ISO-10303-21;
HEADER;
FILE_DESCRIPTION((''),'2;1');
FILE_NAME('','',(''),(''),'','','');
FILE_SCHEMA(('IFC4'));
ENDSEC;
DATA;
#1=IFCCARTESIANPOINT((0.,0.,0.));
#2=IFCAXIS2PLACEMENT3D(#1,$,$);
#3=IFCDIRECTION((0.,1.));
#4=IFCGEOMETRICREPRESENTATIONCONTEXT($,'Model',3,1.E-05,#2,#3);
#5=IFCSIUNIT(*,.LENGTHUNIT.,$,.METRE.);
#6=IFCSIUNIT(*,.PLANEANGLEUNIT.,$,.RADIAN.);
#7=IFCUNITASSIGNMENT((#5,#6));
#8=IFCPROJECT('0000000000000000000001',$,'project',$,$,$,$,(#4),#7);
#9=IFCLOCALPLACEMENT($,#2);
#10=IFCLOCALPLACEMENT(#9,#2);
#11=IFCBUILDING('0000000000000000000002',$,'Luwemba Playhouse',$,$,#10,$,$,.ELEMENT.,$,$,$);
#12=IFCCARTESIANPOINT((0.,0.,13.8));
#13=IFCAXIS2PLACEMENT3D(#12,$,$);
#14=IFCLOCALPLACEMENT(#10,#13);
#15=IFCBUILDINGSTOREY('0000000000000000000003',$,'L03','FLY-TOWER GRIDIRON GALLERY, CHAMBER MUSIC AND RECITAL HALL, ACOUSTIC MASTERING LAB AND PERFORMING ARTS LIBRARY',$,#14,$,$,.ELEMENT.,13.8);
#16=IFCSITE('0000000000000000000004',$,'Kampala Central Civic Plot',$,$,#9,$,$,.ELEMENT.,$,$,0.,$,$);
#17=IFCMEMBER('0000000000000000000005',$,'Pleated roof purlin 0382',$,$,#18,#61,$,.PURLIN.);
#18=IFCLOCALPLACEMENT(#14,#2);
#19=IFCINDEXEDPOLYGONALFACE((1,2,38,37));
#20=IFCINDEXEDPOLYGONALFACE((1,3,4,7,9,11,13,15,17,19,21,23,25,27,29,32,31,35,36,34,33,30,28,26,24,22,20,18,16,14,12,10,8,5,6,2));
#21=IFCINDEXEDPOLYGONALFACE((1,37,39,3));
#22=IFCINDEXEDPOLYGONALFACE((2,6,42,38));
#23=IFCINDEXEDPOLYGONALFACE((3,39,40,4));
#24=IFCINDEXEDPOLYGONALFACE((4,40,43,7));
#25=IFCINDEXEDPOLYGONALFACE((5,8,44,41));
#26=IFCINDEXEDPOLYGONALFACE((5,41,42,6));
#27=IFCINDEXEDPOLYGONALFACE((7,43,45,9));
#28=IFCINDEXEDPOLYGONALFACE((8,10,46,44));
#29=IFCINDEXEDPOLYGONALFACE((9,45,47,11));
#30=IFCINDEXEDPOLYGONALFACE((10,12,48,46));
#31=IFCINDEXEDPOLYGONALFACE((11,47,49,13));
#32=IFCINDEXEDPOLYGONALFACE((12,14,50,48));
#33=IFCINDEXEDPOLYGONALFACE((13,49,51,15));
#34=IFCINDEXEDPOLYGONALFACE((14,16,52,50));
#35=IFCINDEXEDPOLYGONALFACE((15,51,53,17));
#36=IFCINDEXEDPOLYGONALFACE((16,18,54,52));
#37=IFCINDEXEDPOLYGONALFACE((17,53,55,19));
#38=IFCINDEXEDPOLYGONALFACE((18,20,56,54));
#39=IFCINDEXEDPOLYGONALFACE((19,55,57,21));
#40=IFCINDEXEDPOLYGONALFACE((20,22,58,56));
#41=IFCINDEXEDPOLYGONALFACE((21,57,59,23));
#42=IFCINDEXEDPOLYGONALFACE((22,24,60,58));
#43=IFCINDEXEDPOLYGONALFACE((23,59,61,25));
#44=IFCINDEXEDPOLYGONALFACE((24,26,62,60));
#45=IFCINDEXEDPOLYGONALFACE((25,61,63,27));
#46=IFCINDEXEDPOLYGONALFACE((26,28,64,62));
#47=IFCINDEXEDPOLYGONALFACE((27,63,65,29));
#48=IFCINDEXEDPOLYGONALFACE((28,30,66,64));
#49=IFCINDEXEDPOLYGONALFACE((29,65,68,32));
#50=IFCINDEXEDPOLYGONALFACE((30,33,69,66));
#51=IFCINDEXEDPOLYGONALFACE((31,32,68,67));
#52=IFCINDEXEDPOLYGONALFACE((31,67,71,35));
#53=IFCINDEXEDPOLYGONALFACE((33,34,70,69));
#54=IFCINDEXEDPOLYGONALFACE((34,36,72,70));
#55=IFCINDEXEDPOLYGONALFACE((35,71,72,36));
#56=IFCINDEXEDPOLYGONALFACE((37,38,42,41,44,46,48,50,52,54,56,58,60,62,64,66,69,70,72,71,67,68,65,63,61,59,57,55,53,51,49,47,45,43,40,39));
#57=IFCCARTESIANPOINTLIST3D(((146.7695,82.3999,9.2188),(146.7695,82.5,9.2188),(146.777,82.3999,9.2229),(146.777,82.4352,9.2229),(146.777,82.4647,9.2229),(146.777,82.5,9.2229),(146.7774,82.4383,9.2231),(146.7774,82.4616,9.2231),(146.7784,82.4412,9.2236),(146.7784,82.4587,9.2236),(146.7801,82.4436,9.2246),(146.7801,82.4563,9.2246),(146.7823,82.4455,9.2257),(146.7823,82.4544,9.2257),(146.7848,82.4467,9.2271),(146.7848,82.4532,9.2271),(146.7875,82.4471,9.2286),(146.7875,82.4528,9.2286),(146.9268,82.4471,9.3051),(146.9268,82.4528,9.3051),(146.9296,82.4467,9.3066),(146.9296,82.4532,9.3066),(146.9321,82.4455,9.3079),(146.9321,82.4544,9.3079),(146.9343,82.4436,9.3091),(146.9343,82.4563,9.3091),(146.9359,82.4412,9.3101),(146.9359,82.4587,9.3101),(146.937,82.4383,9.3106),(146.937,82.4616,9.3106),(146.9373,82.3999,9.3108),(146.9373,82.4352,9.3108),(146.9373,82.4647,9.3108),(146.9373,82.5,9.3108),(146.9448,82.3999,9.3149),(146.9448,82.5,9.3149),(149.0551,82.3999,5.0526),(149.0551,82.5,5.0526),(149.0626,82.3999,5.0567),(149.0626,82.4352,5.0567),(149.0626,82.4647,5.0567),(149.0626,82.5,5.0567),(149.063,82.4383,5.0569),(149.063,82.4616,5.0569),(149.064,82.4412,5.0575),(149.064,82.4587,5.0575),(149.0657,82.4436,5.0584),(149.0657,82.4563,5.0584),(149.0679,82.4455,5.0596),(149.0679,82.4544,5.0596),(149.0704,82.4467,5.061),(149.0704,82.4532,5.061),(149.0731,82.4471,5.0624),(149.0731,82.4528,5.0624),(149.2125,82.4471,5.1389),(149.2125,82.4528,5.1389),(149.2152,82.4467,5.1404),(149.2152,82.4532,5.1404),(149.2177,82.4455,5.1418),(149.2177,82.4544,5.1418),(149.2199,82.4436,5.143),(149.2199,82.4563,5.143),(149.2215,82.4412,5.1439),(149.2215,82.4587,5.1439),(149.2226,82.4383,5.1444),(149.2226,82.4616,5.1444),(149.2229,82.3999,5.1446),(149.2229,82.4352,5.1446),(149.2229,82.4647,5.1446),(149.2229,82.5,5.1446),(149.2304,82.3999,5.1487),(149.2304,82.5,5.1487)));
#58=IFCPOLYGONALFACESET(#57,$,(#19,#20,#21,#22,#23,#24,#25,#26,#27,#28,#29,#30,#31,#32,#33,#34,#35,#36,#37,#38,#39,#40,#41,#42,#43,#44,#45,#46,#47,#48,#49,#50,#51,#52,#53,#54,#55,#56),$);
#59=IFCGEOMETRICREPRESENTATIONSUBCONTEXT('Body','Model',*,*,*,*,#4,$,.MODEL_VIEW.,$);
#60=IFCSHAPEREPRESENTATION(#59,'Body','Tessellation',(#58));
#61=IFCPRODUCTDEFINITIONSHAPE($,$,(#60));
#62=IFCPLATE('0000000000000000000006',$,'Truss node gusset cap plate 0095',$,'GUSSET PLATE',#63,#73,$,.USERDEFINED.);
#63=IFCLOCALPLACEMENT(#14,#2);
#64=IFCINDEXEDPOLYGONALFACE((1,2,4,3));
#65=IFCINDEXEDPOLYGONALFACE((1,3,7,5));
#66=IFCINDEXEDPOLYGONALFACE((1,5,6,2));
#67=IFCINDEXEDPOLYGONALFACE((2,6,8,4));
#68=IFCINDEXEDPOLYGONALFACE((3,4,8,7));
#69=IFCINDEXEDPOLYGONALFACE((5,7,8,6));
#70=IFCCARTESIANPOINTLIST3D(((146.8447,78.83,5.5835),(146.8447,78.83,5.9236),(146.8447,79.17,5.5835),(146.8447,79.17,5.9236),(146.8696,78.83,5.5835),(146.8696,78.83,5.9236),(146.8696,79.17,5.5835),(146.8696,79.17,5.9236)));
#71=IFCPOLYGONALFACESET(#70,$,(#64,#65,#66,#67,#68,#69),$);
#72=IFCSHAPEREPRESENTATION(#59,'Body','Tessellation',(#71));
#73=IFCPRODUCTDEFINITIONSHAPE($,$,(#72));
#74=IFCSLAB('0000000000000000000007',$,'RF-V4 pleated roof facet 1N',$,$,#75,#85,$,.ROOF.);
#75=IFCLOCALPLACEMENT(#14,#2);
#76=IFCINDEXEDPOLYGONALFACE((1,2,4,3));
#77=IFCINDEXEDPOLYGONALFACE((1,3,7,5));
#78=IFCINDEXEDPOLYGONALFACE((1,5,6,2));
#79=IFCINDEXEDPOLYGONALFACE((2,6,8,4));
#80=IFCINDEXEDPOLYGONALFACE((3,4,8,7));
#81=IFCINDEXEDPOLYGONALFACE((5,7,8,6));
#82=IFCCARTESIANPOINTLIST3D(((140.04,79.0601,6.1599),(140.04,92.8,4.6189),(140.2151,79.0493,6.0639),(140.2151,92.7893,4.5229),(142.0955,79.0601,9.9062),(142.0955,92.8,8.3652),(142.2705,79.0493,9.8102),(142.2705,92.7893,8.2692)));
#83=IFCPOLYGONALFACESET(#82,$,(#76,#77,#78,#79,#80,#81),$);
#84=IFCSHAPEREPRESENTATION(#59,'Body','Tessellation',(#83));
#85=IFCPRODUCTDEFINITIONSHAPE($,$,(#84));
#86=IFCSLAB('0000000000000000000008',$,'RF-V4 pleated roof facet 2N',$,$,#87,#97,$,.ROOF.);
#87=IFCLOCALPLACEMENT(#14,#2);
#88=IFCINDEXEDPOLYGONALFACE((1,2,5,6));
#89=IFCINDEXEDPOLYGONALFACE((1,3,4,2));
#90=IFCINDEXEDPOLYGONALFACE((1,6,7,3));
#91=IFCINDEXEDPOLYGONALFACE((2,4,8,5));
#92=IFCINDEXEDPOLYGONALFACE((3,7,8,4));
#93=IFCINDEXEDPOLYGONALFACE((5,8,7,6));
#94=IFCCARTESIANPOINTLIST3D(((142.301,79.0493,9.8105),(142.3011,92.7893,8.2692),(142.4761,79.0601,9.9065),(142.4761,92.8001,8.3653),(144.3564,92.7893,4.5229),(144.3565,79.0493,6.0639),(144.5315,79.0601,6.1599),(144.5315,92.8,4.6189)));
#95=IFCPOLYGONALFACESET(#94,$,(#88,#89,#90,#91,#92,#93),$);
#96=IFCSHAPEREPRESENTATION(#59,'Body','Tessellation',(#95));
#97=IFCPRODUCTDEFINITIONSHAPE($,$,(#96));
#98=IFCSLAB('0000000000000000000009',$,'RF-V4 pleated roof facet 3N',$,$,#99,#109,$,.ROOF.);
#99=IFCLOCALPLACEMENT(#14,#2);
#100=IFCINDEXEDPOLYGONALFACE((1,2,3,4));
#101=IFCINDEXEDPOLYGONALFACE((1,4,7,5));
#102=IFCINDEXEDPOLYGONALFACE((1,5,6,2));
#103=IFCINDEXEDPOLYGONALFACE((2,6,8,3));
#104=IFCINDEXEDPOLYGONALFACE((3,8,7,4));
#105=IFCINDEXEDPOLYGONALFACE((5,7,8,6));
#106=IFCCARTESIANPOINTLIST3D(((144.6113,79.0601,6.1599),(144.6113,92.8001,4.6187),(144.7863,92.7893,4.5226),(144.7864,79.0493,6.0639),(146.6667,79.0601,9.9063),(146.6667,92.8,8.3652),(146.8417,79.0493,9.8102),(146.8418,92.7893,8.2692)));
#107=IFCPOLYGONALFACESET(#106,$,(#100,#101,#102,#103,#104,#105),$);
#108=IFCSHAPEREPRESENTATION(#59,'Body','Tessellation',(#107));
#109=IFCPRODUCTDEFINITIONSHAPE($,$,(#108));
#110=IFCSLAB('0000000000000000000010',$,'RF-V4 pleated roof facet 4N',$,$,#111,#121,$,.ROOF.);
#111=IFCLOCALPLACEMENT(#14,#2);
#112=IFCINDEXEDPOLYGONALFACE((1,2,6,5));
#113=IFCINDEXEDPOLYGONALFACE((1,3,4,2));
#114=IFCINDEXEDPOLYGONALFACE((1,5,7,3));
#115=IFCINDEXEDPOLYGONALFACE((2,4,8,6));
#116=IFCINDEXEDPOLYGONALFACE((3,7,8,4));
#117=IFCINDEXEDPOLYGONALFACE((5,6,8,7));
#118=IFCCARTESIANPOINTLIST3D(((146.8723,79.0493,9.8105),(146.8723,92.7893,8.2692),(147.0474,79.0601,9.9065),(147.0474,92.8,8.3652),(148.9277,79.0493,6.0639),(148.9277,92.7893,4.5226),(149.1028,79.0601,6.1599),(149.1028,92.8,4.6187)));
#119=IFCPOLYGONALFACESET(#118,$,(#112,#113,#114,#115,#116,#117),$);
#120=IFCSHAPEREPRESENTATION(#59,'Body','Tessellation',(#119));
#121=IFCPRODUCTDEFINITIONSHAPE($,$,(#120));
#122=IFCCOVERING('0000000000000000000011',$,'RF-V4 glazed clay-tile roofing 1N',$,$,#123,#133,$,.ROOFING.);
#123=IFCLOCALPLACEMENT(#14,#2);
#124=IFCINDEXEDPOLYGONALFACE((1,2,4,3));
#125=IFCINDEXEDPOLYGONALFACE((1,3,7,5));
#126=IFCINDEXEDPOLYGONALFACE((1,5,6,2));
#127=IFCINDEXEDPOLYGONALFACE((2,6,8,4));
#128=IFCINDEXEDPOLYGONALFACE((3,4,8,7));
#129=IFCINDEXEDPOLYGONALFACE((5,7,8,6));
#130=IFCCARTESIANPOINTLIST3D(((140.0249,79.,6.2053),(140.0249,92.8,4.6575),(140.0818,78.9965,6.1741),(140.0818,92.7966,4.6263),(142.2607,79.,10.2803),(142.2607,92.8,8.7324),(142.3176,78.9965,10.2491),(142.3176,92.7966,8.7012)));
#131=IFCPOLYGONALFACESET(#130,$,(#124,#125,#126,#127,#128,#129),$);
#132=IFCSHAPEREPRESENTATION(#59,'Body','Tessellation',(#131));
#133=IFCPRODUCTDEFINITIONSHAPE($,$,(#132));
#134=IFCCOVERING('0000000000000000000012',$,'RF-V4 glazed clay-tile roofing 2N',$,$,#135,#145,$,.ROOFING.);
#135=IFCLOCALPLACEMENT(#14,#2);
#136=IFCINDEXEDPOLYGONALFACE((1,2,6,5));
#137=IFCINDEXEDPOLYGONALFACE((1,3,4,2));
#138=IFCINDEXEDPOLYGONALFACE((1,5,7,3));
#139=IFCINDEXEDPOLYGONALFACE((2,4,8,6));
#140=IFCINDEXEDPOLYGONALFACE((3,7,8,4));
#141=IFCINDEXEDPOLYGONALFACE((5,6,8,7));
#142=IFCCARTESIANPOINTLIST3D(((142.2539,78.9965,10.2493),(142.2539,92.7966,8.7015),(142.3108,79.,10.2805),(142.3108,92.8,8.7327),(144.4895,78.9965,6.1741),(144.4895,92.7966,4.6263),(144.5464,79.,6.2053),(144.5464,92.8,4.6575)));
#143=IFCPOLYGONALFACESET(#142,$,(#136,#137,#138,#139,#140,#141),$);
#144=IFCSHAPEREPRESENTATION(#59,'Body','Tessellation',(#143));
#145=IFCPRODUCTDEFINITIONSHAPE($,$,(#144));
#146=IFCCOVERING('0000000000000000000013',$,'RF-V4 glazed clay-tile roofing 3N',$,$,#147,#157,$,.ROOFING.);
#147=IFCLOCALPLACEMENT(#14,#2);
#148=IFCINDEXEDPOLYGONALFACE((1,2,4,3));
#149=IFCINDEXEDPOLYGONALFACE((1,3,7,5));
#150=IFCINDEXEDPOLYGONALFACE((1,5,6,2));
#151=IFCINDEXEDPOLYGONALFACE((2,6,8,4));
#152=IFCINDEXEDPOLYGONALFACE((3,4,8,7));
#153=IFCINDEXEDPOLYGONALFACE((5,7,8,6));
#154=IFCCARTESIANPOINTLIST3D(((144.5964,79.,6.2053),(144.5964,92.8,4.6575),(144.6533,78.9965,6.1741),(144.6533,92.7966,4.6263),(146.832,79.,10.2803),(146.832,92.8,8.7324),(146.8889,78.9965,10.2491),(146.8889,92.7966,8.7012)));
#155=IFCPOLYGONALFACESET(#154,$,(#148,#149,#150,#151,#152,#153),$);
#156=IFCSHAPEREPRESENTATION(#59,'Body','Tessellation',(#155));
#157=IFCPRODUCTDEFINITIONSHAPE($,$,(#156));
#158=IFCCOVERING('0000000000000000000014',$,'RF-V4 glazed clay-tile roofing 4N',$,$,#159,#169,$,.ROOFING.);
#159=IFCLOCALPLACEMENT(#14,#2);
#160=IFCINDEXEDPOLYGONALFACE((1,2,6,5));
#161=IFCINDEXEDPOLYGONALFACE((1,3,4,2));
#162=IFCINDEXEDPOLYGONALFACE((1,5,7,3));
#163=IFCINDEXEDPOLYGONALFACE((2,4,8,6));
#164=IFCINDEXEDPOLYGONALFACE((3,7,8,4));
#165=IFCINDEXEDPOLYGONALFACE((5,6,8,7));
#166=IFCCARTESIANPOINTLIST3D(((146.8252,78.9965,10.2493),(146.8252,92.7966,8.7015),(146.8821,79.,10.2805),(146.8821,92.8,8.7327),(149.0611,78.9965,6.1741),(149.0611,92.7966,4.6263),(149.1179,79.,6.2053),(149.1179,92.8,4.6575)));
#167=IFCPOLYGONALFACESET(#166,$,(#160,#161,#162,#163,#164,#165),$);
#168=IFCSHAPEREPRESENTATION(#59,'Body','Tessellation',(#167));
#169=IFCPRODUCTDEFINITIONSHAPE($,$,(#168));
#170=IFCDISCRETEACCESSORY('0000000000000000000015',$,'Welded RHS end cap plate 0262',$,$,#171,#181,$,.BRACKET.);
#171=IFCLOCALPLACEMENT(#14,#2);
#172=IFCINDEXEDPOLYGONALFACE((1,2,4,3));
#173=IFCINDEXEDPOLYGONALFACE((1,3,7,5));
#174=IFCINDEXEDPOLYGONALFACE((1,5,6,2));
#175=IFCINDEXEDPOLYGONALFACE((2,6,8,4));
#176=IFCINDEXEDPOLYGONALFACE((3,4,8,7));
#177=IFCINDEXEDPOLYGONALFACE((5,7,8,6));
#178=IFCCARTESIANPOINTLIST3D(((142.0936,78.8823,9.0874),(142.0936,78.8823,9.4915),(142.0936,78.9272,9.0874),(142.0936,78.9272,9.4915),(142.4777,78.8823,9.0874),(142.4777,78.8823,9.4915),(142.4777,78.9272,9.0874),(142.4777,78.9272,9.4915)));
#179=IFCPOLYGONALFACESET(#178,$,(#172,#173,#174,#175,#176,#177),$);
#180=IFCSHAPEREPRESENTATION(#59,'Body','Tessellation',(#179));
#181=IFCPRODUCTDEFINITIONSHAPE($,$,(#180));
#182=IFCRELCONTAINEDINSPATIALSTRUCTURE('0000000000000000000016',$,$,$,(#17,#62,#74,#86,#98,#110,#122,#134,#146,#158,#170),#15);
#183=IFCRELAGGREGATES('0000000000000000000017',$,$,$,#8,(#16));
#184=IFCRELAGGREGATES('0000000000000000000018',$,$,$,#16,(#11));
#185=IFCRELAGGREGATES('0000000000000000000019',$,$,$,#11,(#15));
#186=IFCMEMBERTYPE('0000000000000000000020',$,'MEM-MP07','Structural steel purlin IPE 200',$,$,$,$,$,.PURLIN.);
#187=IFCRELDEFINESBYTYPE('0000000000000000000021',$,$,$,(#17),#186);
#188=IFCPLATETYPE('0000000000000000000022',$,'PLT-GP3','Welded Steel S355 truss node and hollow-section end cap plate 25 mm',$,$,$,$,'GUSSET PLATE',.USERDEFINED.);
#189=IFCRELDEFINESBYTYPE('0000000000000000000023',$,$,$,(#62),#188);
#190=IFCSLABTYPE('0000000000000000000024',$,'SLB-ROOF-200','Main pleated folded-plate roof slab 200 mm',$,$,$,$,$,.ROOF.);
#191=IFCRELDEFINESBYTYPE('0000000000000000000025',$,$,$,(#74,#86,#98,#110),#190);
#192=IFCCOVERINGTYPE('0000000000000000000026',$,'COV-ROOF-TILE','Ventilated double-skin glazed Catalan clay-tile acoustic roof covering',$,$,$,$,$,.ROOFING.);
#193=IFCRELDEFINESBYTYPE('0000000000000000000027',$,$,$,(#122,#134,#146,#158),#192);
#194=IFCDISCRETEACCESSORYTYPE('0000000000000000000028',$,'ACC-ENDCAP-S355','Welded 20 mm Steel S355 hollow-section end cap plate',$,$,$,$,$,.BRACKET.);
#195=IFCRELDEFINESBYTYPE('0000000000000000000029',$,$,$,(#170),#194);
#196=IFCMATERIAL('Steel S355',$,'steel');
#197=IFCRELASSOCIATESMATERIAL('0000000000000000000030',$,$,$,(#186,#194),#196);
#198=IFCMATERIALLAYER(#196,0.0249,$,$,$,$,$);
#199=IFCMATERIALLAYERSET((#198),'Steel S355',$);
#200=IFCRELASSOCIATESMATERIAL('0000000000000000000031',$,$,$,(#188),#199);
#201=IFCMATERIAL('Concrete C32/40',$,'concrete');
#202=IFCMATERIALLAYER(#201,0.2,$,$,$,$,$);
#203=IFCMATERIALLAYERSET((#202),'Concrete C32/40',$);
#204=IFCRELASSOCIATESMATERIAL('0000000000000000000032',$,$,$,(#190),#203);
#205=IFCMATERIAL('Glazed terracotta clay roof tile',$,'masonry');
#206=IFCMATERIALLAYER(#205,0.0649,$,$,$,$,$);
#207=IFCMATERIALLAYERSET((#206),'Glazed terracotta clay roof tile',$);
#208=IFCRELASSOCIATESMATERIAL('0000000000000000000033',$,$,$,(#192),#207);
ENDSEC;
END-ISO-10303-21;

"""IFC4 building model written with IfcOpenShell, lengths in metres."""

from ifc_helpers import new_model, si_unit, direction, frame, origin, origin_2d, place, context, subcontext, project, spatial, polyline, rectangle, i_section, outline, extrude, material, layer, layer_set, material_profile, profile_set, type_object, element, save


model = new_model("IFC4")

# Units and contexts
model_context = context("Model", 3, precision=1e-05, world=origin(), true_north=direction((0.0, 1.0)))
body_context = subcontext(model_context, "Body", "Model", "MODEL_VIEW")
ifc_project = project(units=[si_unit("LENGTHUNIT", "METRE"), si_unit("PLANEANGLEUNIT", "RADIAN")], contexts=[model_context])

# Site, building, storey
site_placement = place(None, origin())
site = spatial("IfcSite", under=ifc_project, at=site_placement, Name="Kampala Central Civic Plot", CompositionType="ELEMENT", RefElevation=0.0)
building_placement = place(site_placement, origin())
building = spatial("IfcBuilding", under=site, at=building_placement, Name="Luwemba Playhouse", CompositionType="ELEMENT")
storey_placement = place(building_placement, frame((0.0, 0.0, 13.8)))
storey = spatial("IfcBuildingStorey", under=building, at=storey_placement, Name="L03", Description="FLY-TOWER GRIDIRON GALLERY, CHAMBER MUSIC AND RECITAL HALL, ACOUSTIC MASTERING LAB AND PERFORMING ARTS LIBRARY", CompositionType="ELEMENT", Elevation=13.8)

# Shared definitions
ifc_material_1 = material(Name="Steel S355", Category="steel")

# Member
ifc_material_profile_1 = material_profile(ifc_material_1, i_section(OverallWidth=0.1001, OverallDepth=0.2, WebThickness=0.0056, FlangeThickness=0.0085, FilletRadius=0.012, at=origin_2d()))
ifc_profile_set_1 = profile_set([ifc_material_profile_1], Name="Steel S355")
member_type_1 = type_object("IfcMemberType", Name="MEM-MP07", Description="Structural steel purlin IPE 200", PredefinedType="PURLIN", material=ifc_profile_set_1)
member_1_placement = place(storey_placement, frame((146.8572, 82.45, 9.2668), z_axis=(0.480982, 0.0, -0.876731), x_axis=(0.0, 1.0, 0.0)))
element("IfcMember", 1, at=member_1_placement, inside=storey, type_object=member_type_1, Name="Pleated roof purlin 0382", PredefinedType="PURLIN", context=body_context, shape_type="SweptSolid", body=[
    extrude(i_section(OverallWidth=0.1001, OverallDepth=0.2, WebThickness=0.0056, FlangeThickness=0.0085, FilletRadius=0.012, at=origin_2d()), origin(), (0.0, 0.0, 1.0), 4.752),
])

# Plate
ifc_layer_1 = layer(ifc_material_1, 0.0249)
ifc_layer_set_1 = layer_set([ifc_layer_1], Name="Steel S355")
plate_type = type_object("IfcPlateType", Name="PLT-GP3", Description="Welded Steel S355 truss node and hollow-section end cap plate 25 mm", ElementType="GUSSET PLATE", PredefinedType="USERDEFINED", material=ifc_layer_set_1)
plate_placement = place(storey_placement, frame((146.8572, 79.0, 5.5835), z_axis=(0.0, 0.0, 1.0), x_axis=(1.0, 0.0, 0.0)))
element("IfcPlate", 2, at=plate_placement, inside=storey, type_object=plate_type, Name="Truss node gusset cap plate 0095", ObjectType="GUSSET PLATE", PredefinedType="USERDEFINED", context=body_context, shape_type="SweptSolid", body=[
    extrude(rectangle(XDim=0.0249, YDim=0.3401, at=origin_2d()), origin(), (0.0, 0.0, 1.0), 0.3401),
])

# Slabs
ifc_material_2 = material(Name="Concrete C32/40", Category="concrete")
ifc_layer_2 = layer(ifc_material_2, 0.2)
ifc_layer_set_2 = layer_set([ifc_layer_2], Name="Concrete C32/40")
slab_type = type_object("IfcSlabType", Name="SLB-ROOF-200", Description="Main pleated folded-plate roof slab 200 mm", PredefinedType="ROOF", material=ifc_layer_set_2)
slab_1_placement = place(storey_placement, frame((140.04, 79.0601, 6.1599), z_axis=(-0.875443, 0.053869, 0.48031), x_axis=(0.481008, 0.0, 0.876716)))
element("IfcSlab", 3, at=slab_1_placement, inside=storey, type_object=slab_type, Name="RF-V4 pleated roof facet 1N", PredefinedType="ROOF", context=body_context, shape_type="SweptSolid", body=[
    extrude(outline(polyline([(0.0, 0.0), (4.2731, 0.0), (2.9221, 13.76), (-1.351, 13.76), (0.0, 0.0)])), origin(), (0.0, 0.0, -1.0), 0.2),
])
slab_2_placement = place(storey_placement, frame((142.4761, 79.0601, 9.9065), z_axis=(0.87545, 0.053872, 0.480298), x_axis=(0.480996, 0.000001, -0.876723)))
element("IfcSlab", 4, at=slab_2_placement, inside=storey, type_object=slab_type, Name="RF-V4 pleated roof facet 2N", PredefinedType="ROOF", context=body_context, shape_type="SweptSolid", body=[
    extrude(outline(polyline([(0.0, 0.0), (4.2734, 0.0), (5.6244, 13.76), (1.3513, 13.76), (0.0, 0.0)])), origin(), (0.0, 0.0, -1.0), 0.2),
])
slab_3_placement = place(storey_placement, frame((144.6113, 79.0601, 6.1599), z_axis=(-0.87545, 0.053872, 0.480298), x_axis=(0.480996, 0.000001, 0.876723)))
element("IfcSlab", 5, at=slab_3_placement, inside=storey, type_object=slab_type, Name="RF-V4 pleated roof facet 3N", PredefinedType="ROOF", context=body_context, shape_type="SweptSolid", body=[
    extrude(outline(polyline([(0.0, 0.0), (4.2731, 0.0), (2.9221, 13.76), (-1.3512, 13.76), (0.0, 0.0)])), origin(), (0.0, 0.0, -1.0), 0.2),
])
slab_4_placement = place(storey_placement, frame((147.0474, 79.0601, 9.9065), z_axis=(0.875456, 0.053875, 0.480286), x_axis=(0.480984, 0.0, -0.876729)))
element("IfcSlab", 6, at=slab_4_placement, inside=storey, type_object=slab_type, Name="RF-V4 pleated roof facet 4N", PredefinedType="ROOF", context=body_context, shape_type="SweptSolid", body=[
    extrude(outline(polyline([(0.0, 0.0), (4.2734, 0.0), (5.6246, 13.76), (1.3513, 13.76), (0.0, 0.0)])), origin(), (0.0, 0.0, -1.0), 0.2),
])

# Coverings
ifc_material_3 = material(Name="Glazed terracotta clay roof tile", Category="masonry")
ifc_layer_3 = layer(ifc_material_3, 0.0649)
ifc_layer_set_3 = layer_set([ifc_layer_3], Name="Glazed terracotta clay roof tile")
covering_type = type_object("IfcCoveringType", Name="COV-ROOF-TILE", Description="Ventilated double-skin glazed Catalan clay-tile acoustic roof covering", PredefinedType="ROOFING", material=ifc_layer_set_3)
covering_1_placement = place(storey_placement, frame((140.0249, 79.0, 6.2053), z_axis=(-0.875431, 0.053875, 0.480331), x_axis=(0.481029, 0.0, 0.876705)))
element("IfcCovering", 7, at=covering_1_placement, inside=storey, type_object=covering_type, Name="RF-V4 glazed clay-tile roofing 1N", PredefinedType="ROOFING", context=body_context, shape_type="SweptSolid", body=[
    extrude(outline(polyline([(0.0, 0.0), (4.648, 0.0), (3.291, 13.8201), (-1.357, 13.8201), (0.0, 0.0)])), origin(), (0.0, 0.0, -1.0), 0.0649),
])
covering_2_placement = place(storey_placement, frame((142.3108, 79.0, 10.2805), z_axis=(0.875466, 0.053868, 0.480268), x_axis=(0.480967, 0.0, -0.876739)))
element("IfcCovering", 8, at=covering_2_placement, inside=storey, type_object=covering_type, Name="RF-V4 glazed clay-tile roofing 2N", PredefinedType="ROOFING", context=body_context, shape_type="SweptSolid", body=[
    extrude(outline(polyline([(0.0, 0.0), (4.6481, 0.0), (6.0052, 13.8201), (1.3571, 13.8201), (0.0, 0.0)])), origin(), (0.0, 0.0, -1.0), 0.0649),
])
covering_3_placement = place(storey_placement, frame((144.5964, 79.0, 6.2053), z_axis=(-0.875454, 0.053871, 0.48029), x_axis=(0.480989, 0.0, 0.876727)))
element("IfcCovering", 9, at=covering_3_placement, inside=storey, type_object=covering_type, Name="RF-V4 glazed clay-tile roofing 3N", PredefinedType="ROOFING", context=body_context, shape_type="SweptSolid", body=[
    extrude(outline(polyline([(0.0, 0.0), (4.6479, 0.0), (3.2909, 13.8201), (-1.357, 13.8201), (0.0, 0.0)])), origin(), (0.0, 0.0, -1.0), 0.0649),
])
covering_4_placement = place(storey_placement, frame((146.8821, 79.0, 10.2805), z_axis=(0.875444, 0.053873, 0.480309), x_axis=(0.481007, 0.0, -0.876717)))
element("IfcCovering", 10, at=covering_4_placement, inside=storey, type_object=covering_type, Name="RF-V4 glazed clay-tile roofing 4N", PredefinedType="ROOFING", context=body_context, shape_type="SweptSolid", body=[
    extrude(outline(polyline([(0.0, 0.0), (4.6482, 0.0), (6.0053, 13.8201), (1.357, 13.8201), (0.0, 0.0)])), origin(), (0.0, 0.0, -1.0), 0.0649),
])

# Discrete accessory
discrete_accessory_type = type_object("IfcDiscreteAccessoryType", Name="ACC-ENDCAP-S355", Description="Welded 20 mm Steel S355 hollow-section end cap plate", PredefinedType="BRACKET", material=ifc_material_1)
for number, where, z_axis, x_axis, name in (
    (11, (142.2856, 78.9048, 9.0874), (0.0, 0.0, 1.0), (1.0, 0.0, 0.0), "Welded RHS end cap plate 0262"),
):
    element("IfcDiscreteAccessory", number, at=place(storey_placement, frame(where, z_axis=z_axis, x_axis=x_axis)), inside=storey, type_object=discrete_accessory_type, Name=name, PredefinedType="BRACKET", context=body_context, shape_type="SweptSolid", body=[
        extrude(rectangle(XDim=0.384, YDim=0.0449, at=origin_2d()), origin(), (0.0, 0.0, 1.0), 0.4041),
    ])

save(model, "model.ifc")
